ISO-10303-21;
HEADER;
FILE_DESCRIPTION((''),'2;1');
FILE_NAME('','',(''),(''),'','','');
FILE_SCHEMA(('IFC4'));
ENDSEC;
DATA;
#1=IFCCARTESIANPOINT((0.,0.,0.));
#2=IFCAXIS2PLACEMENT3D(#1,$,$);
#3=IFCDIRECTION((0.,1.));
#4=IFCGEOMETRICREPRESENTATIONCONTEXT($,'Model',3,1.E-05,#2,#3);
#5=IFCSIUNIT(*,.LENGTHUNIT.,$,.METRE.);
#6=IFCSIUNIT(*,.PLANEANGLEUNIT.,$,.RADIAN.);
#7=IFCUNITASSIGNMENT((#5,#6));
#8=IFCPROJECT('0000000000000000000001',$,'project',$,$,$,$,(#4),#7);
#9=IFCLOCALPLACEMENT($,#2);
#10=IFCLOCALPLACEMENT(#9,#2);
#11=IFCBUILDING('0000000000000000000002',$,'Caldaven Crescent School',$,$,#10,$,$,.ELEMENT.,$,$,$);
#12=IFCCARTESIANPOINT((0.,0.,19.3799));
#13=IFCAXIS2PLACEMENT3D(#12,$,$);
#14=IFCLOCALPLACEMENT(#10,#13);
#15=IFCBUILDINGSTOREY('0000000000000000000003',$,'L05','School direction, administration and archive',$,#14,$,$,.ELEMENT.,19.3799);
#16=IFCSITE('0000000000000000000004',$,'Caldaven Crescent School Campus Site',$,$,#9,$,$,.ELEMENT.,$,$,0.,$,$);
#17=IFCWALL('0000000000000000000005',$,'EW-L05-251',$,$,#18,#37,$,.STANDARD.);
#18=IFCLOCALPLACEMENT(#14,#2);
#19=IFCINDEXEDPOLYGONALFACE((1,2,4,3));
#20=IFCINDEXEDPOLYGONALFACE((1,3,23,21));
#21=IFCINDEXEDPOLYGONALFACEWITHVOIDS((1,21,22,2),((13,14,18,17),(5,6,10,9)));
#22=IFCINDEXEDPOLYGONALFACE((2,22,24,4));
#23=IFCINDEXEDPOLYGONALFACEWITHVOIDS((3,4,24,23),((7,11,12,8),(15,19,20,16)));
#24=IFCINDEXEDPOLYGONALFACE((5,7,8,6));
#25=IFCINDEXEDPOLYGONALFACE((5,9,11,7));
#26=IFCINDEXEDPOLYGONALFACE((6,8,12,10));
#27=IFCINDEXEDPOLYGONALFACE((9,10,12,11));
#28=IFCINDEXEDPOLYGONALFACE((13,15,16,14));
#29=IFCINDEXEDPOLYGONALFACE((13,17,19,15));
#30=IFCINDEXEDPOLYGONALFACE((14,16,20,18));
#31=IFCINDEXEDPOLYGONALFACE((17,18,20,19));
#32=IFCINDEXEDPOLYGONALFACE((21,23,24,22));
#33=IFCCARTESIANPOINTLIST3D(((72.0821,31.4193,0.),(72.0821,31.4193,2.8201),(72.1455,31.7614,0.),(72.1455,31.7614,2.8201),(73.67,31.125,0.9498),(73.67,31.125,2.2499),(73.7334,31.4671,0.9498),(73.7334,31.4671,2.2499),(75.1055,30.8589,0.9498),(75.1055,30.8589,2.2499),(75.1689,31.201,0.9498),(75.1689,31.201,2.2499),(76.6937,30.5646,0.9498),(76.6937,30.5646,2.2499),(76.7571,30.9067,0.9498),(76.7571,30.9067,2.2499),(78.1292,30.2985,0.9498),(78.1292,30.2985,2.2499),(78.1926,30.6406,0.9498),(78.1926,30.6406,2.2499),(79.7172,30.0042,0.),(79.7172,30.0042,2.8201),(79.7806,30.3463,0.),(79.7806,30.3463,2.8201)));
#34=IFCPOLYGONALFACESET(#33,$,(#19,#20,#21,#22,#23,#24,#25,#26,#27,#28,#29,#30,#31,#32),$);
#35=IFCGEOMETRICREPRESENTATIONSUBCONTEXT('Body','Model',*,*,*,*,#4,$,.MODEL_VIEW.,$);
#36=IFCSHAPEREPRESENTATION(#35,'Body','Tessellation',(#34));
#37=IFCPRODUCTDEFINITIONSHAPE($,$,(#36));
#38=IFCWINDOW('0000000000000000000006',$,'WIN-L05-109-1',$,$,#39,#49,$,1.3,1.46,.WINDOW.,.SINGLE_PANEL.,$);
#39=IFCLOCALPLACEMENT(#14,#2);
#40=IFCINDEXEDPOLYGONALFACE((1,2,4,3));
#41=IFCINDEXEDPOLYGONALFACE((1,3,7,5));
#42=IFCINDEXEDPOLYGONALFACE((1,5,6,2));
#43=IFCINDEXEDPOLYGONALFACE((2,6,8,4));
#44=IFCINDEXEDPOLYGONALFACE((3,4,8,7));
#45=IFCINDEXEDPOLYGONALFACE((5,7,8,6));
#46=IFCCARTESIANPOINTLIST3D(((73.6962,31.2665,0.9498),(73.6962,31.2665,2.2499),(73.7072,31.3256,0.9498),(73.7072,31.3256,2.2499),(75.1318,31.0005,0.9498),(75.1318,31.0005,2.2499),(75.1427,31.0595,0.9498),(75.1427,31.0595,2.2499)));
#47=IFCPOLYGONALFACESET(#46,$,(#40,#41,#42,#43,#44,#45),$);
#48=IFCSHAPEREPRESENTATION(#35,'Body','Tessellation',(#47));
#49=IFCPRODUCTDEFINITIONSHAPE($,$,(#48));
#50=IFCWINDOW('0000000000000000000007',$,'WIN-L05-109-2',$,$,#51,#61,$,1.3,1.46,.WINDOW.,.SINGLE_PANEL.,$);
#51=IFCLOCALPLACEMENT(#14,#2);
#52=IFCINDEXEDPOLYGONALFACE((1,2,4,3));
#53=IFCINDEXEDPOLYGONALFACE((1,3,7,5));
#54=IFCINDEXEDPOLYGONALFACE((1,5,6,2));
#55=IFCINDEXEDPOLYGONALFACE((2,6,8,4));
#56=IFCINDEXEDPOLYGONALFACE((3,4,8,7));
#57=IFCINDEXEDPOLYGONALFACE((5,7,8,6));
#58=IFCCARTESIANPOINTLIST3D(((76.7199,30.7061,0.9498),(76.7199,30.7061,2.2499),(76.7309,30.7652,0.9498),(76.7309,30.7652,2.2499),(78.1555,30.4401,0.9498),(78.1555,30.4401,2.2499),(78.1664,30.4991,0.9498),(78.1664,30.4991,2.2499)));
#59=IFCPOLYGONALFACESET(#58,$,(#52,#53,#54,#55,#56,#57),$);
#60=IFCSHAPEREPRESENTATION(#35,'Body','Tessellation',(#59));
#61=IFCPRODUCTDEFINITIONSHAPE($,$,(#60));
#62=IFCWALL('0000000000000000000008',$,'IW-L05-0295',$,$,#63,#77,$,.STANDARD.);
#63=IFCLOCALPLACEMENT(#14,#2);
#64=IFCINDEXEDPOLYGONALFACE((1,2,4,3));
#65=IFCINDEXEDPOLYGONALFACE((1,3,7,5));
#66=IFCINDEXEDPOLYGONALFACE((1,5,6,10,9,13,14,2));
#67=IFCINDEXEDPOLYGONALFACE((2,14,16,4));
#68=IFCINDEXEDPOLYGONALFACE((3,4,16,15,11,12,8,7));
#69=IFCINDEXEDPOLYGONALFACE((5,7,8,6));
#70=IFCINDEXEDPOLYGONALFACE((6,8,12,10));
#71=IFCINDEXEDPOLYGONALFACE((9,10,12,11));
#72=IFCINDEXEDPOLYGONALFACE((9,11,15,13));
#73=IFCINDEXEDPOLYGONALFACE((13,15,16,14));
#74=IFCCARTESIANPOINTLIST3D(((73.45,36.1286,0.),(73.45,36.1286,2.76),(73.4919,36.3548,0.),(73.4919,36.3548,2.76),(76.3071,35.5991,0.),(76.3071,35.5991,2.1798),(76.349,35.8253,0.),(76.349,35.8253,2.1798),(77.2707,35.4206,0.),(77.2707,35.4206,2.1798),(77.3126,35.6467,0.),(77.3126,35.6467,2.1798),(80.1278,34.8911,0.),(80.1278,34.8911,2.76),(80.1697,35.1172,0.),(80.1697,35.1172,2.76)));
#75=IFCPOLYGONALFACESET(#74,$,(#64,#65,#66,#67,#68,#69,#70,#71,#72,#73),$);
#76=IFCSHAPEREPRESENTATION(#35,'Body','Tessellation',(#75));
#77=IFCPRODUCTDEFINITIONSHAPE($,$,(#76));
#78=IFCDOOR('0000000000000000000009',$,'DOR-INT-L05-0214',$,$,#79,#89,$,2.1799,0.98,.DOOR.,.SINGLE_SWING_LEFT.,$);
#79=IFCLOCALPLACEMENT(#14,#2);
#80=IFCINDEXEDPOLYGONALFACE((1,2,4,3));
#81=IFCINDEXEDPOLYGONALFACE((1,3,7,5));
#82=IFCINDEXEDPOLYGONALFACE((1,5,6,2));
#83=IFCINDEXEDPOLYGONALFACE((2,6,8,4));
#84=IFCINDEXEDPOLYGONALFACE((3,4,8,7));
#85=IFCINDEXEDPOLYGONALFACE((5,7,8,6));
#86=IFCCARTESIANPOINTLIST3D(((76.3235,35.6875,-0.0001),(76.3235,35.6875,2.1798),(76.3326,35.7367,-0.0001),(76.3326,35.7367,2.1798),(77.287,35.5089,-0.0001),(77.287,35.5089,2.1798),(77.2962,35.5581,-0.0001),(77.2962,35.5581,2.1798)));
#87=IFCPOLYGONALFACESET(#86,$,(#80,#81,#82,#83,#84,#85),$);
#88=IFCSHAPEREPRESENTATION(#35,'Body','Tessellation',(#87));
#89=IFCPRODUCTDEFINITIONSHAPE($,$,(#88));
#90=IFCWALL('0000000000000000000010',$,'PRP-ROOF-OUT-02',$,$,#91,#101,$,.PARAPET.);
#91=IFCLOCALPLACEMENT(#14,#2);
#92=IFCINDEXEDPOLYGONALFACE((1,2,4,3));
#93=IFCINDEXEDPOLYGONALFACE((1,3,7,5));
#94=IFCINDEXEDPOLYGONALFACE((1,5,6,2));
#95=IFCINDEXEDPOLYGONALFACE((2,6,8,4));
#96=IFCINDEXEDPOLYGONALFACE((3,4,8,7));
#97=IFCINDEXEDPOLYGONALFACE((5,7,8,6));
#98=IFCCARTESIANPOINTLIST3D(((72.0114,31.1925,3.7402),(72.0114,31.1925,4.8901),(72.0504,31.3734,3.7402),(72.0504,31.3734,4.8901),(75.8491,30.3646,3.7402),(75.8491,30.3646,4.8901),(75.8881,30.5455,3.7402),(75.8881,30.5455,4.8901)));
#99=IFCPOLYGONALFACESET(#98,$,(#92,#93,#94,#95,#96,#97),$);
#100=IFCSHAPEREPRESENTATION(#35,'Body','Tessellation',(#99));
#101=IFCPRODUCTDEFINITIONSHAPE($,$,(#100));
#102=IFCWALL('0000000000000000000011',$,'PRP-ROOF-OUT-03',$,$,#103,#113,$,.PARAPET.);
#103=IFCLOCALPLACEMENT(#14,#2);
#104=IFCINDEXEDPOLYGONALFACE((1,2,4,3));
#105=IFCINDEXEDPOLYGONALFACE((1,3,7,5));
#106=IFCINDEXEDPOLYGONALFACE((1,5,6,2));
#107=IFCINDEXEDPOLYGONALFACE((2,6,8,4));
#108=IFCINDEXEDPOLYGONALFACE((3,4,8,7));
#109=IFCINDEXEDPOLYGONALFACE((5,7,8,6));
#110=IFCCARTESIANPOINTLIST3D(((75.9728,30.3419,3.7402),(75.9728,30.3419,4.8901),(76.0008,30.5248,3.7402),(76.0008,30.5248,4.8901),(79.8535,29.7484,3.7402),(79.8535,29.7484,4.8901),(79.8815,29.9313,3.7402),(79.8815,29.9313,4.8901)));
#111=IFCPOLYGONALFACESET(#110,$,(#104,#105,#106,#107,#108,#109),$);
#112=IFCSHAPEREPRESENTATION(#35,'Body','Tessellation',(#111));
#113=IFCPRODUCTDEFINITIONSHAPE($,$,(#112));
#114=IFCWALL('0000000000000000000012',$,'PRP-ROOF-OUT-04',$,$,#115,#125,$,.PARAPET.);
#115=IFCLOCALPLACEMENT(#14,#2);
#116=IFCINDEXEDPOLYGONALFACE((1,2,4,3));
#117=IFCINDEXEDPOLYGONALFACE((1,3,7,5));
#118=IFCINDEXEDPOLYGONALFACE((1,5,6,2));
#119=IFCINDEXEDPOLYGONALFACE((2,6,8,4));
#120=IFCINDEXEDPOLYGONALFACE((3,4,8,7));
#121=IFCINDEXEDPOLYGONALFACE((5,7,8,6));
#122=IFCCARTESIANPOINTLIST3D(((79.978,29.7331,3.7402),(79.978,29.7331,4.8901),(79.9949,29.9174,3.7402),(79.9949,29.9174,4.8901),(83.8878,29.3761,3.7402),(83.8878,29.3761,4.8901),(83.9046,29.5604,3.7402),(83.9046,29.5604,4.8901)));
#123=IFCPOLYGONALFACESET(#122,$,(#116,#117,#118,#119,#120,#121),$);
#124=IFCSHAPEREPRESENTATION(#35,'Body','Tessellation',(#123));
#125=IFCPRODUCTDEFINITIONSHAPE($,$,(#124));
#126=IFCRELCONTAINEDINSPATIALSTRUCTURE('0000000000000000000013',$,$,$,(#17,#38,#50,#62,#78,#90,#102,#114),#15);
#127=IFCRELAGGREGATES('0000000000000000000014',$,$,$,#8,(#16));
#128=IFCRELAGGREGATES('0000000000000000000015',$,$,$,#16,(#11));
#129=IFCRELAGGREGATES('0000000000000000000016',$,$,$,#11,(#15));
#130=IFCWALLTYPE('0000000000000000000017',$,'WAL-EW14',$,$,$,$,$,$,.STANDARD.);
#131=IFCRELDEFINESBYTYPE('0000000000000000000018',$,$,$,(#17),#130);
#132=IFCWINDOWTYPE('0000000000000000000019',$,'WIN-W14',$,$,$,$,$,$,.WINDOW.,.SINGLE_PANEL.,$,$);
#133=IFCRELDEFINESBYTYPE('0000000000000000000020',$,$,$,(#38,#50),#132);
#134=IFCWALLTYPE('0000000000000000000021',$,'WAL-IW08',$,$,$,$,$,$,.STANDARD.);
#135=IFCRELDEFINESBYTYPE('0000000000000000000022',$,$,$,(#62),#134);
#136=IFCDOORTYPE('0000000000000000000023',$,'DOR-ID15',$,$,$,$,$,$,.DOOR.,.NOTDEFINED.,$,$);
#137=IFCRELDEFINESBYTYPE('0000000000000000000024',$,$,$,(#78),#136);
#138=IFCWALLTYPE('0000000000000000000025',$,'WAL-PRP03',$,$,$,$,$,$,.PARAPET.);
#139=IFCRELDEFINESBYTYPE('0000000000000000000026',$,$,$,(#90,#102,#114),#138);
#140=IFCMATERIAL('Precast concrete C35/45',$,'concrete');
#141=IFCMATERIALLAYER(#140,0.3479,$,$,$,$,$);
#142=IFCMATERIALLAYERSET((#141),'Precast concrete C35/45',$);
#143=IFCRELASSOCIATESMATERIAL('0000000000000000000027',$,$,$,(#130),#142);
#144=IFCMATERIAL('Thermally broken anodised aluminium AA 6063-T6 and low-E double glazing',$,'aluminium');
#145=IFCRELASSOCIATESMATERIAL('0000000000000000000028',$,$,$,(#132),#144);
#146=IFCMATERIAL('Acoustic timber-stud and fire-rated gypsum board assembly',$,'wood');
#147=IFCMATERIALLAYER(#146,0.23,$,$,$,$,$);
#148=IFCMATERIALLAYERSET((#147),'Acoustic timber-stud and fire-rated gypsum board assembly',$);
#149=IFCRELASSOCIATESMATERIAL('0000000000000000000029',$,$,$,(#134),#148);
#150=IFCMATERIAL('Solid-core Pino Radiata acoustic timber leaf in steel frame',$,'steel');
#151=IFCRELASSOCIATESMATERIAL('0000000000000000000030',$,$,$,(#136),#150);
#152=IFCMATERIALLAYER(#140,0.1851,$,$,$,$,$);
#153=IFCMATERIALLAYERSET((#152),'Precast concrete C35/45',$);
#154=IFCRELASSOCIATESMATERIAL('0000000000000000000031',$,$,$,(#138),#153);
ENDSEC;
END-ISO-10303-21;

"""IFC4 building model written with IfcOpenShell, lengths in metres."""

from ifc_helpers import new_model, si_unit, direction, frame, frame_2d, origin, place, context, subcontext, project, spatial, rectangle, extrude, material, layer, layer_set, type_object, element, fill, save


model = new_model("IFC4")

# Units and contexts
model_context = context("Model", 3, precision=1e-05, world=origin(), true_north=direction((0.0, 1.0)))
body_context = subcontext(model_context, "Body", "Model", "MODEL_VIEW")
ifc_project = project(units=[si_unit("LENGTHUNIT", "METRE"), si_unit("PLANEANGLEUNIT", "RADIAN")], contexts=[model_context])

# Site, building, storey
site_placement = place(None, origin())
site = spatial("IfcSite", under=ifc_project, at=site_placement, Name="Caldaven Crescent School Campus Site", CompositionType="ELEMENT", RefElevation=0.0)
building_placement = place(site_placement, origin())
building = spatial("IfcBuilding", under=site, at=building_placement, Name="Caldaven Crescent School", CompositionType="ELEMENT")
storey_placement = place(building_placement, frame((0.0, 0.0, 19.3799)))
storey = spatial("IfcBuildingStorey", under=building, at=storey_placement, Name="L05", Description="School direction, administration and archive", CompositionType="ELEMENT", Elevation=19.3799)

# Wall, openings, windows
ifc_material_1 = material(Name="Precast concrete C35/45", Category="concrete")
ifc_layer_1 = layer(ifc_material_1, 0.3479)
ifc_layer_set_1 = layer_set([ifc_layer_1], Name="Precast concrete C35/45")
wall_type_1 = type_object("IfcWallType", Name="WAL-EW14", PredefinedType="STANDARD", material=ifc_layer_set_1)
wall_1_placement = place(storey_placement, frame((72.1138, 31.5903, 0.0), z_axis=(0.0, 0.0, 1.0), x_axis=(0.983256, -0.182232, 0.0)))
wall_1 = element("IfcWall", 1, at=wall_1_placement, inside=storey, type_object=wall_type_1, Name="EW-L05-251", PredefinedType="STANDARD", context=body_context, shape_type="SweptSolid", body=[
    extrude(rectangle(XDim=7.7651, YDim=0.3479, at=frame_2d((3.8826, 0.0))), origin(), (0.0, 0.0, 1.0), 2.8201),
])
opening_1_placement = place(wall_1_placement, frame((1.615, 0.0, 0.95)))
opening_1 = element("IfcOpeningElement", 2, at=opening_1_placement, cuts=wall_1, PredefinedType="OPENING", context=body_context, shape_type="SweptSolid", body=[
    extrude(rectangle(XDim=1.46, YDim=1.3, at=frame_2d((0.73, 0.6499))), frame((0.0, 0.1838, 0.0), z_axis=(0.0, -1.0, 0.0), x_axis=(1.0, 0.0, 0.0)), (0.0, 0.0, 1.0), 0.3679),
])
opening_2_placement = place(wall_1_placement, frame((4.6902, 0.0, 0.95)))
opening_2 = element("IfcOpeningElement", 3, at=opening_2_placement, cuts=wall_1, PredefinedType="OPENING", context=body_context, shape_type="SweptSolid", body=[
    extrude(rectangle(XDim=1.46, YDim=1.3, at=frame_2d((0.73, 0.6499))), frame((0.0, 0.1838, 0.0), z_axis=(0.0, -1.0, 0.0), x_axis=(1.0, 0.0, 0.0)), (0.0, 0.0, 1.0), 0.3679),
])
ifc_material_2 = material(Name="Thermally broken anodised aluminium AA 6063-T6 and low-E double glazing", Category="aluminium")
window_type = type_object("IfcWindowType", Name="WIN-W14", PartitioningType="SINGLE_PANEL", PredefinedType="WINDOW", material=ifc_material_2)
window_1_placement = place(opening_1_placement, origin())
window_1 = element("IfcWindow", 4, at=window_1_placement, inside=storey, type_object=window_type, Name="WIN-L05-109-1", OverallHeight=1.3, OverallWidth=1.46, PartitioningType="SINGLE_PANEL", PredefinedType="WINDOW", context=body_context, shape_type="SweptSolid", body=[
    extrude(rectangle(XDim=1.46, YDim=1.3, at=frame_2d((0.73, 0.6499))), frame((0.0, 0.03, 0.0), z_axis=(0.0, -1.0, 0.0), x_axis=(1.0, 0.0, 0.0)), (0.0, 0.0, 1.0), 0.0601),
])
fill(opening_1, window_1)
window_2_placement = place(opening_2_placement, origin())
window_2 = element("IfcWindow", 5, at=window_2_placement, inside=storey, type_object=window_type, Name="WIN-L05-109-2", OverallHeight=1.3, OverallWidth=1.46, PartitioningType="SINGLE_PANEL", PredefinedType="WINDOW", context=body_context, shape_type="SweptSolid", body=[
    extrude(rectangle(XDim=1.46, YDim=1.3, at=frame_2d((0.73, 0.6499))), frame((0.0, 0.03, 0.0), z_axis=(0.0, -1.0, 0.0), x_axis=(1.0, 0.0, 0.0)), (0.0, 0.0, 1.0), 0.0601),
])
fill(opening_2, window_2)

# Wall, opening, door
ifc_material_3 = material(Name="Acoustic timber-stud and fire-rated gypsum board assembly", Category="wood")
ifc_layer_2 = layer(ifc_material_3, 0.23)
ifc_layer_set_2 = layer_set([ifc_layer_2], Name="Acoustic timber-stud and fire-rated gypsum board assembly")
wall_type_2 = type_object("IfcWallType", Name="WAL-IW08", PredefinedType="STANDARD", material=ifc_layer_set_2)
wall_2_placement = place(storey_placement, frame((73.4709, 36.2417, 0.0), z_axis=(0.0, 0.0, 1.0), x_axis=(0.983257, -0.182222, 0.0)))
wall_2 = element("IfcWall", 6, at=wall_2_placement, inside=storey, type_object=wall_type_2, Name="IW-L05-0295", PredefinedType="STANDARD", context=body_context, shape_type="SweptSolid", body=[
    extrude(rectangle(XDim=6.7915, YDim=0.23, at=frame_2d((3.3958, 0.0))), origin(), (0.0, 0.0, 1.0), 2.76),
])
opening_3_placement = place(wall_2_placement, frame((2.9058, 0.0, 0.0)))
opening_3 = element("IfcOpeningElement", 7, at=opening_3_placement, cuts=wall_2, PredefinedType="OPENING", context=body_context, shape_type="SweptSolid", body=[
    extrude(rectangle(XDim=0.98, YDim=2.1799, at=frame_2d((0.49, 1.0898))), frame((0.0, 0.125, 0.0), z_axis=(0.0, -1.0, 0.0), x_axis=(1.0, 0.0, 0.0)), (0.0, 0.0, 1.0), 0.25),
])
ifc_material_4 = material(Name="Solid-core Pino Radiata acoustic timber leaf in steel frame", Category="steel")
door_type_1 = type_object("IfcDoorType", Name="DOR-ID15", OperationType="NOTDEFINED", PredefinedType="DOOR", material=ifc_material_4)
door_1_placement = place(opening_3_placement, origin())
door_1 = element("IfcDoor", 8, at=door_1_placement, inside=storey, type_object=door_type_1, Name="DOR-INT-L05-0214", OperationType="SINGLE_SWING_LEFT", OverallHeight=2.1799, OverallWidth=0.98, PredefinedType="DOOR", context=body_context, shape_type="SweptSolid", body=[
    extrude(rectangle(XDim=0.98, YDim=2.1799, at=frame_2d((0.49, 1.0898))), frame((0.0, 0.0249, 0.0), z_axis=(0.0, -1.0, 0.0), x_axis=(1.0, 0.0, 0.0)), (0.0, 0.0, 1.0), 0.05),
])
fill(opening_3, door_1)

# Walls
ifc_layer_3 = layer(ifc_material_1, 0.1851)
ifc_layer_set_3 = layer_set([ifc_layer_3], Name="Precast concrete C35/45")
wall_type_3 = type_object("IfcWallType", Name="WAL-PRP03", PredefinedType="PARAPET", material=ifc_layer_set_3)
wall_3_placement = place(storey_placement, frame((72.031, 31.283, 3.7402), z_axis=(0.0, 0.0, 1.0), x_axis=(0.977513, -0.210875, 0.0)))
element("IfcWall", 9, at=wall_3_placement, inside=storey, type_object=wall_type_3, Name="PRP-ROOF-OUT-02", PredefinedType="PARAPET", context=body_context, shape_type="SweptSolid", body=[
    extrude(rectangle(XDim=3.926, YDim=0.1851, at=frame_2d((1.9629, 0.0))), origin(), (0.0, 0.0, 1.0), 1.1499),
])
wall_4_placement = place(storey_placement, frame((75.9868, 30.4333, 3.7402), z_axis=(0.0, 0.0, 1.0), x_axis=(0.988506, -0.151183, 0.0)))
element("IfcWall", 10, at=wall_4_placement, inside=storey, type_object=wall_type_3, Name="PRP-ROOF-OUT-03", PredefinedType="PARAPET", context=body_context, shape_type="SweptSolid", body=[
    extrude(rectangle(XDim=3.9258, YDim=0.1851, at=frame_2d((1.9629, 0.0))), origin(), (0.0, 0.0, 1.0), 1.1499),
])
wall_5_placement = place(storey_placement, frame((79.9866, 29.8252, 3.7402), z_axis=(0.0, 0.0, 1.0), x_axis=(0.995858, -0.090917, 0.0)))
element("IfcWall", 11, at=wall_5_placement, inside=storey, type_object=wall_type_3, Name="PRP-ROOF-OUT-04", PredefinedType="PARAPET", context=body_context, shape_type="SweptSolid", body=[
    extrude(rectangle(XDim=3.926, YDim=0.1851, at=frame_2d((1.9629, 0.0))), origin(), (0.0, 0.0, 1.0), 1.1499),
])

save(model, "model.ifc")
